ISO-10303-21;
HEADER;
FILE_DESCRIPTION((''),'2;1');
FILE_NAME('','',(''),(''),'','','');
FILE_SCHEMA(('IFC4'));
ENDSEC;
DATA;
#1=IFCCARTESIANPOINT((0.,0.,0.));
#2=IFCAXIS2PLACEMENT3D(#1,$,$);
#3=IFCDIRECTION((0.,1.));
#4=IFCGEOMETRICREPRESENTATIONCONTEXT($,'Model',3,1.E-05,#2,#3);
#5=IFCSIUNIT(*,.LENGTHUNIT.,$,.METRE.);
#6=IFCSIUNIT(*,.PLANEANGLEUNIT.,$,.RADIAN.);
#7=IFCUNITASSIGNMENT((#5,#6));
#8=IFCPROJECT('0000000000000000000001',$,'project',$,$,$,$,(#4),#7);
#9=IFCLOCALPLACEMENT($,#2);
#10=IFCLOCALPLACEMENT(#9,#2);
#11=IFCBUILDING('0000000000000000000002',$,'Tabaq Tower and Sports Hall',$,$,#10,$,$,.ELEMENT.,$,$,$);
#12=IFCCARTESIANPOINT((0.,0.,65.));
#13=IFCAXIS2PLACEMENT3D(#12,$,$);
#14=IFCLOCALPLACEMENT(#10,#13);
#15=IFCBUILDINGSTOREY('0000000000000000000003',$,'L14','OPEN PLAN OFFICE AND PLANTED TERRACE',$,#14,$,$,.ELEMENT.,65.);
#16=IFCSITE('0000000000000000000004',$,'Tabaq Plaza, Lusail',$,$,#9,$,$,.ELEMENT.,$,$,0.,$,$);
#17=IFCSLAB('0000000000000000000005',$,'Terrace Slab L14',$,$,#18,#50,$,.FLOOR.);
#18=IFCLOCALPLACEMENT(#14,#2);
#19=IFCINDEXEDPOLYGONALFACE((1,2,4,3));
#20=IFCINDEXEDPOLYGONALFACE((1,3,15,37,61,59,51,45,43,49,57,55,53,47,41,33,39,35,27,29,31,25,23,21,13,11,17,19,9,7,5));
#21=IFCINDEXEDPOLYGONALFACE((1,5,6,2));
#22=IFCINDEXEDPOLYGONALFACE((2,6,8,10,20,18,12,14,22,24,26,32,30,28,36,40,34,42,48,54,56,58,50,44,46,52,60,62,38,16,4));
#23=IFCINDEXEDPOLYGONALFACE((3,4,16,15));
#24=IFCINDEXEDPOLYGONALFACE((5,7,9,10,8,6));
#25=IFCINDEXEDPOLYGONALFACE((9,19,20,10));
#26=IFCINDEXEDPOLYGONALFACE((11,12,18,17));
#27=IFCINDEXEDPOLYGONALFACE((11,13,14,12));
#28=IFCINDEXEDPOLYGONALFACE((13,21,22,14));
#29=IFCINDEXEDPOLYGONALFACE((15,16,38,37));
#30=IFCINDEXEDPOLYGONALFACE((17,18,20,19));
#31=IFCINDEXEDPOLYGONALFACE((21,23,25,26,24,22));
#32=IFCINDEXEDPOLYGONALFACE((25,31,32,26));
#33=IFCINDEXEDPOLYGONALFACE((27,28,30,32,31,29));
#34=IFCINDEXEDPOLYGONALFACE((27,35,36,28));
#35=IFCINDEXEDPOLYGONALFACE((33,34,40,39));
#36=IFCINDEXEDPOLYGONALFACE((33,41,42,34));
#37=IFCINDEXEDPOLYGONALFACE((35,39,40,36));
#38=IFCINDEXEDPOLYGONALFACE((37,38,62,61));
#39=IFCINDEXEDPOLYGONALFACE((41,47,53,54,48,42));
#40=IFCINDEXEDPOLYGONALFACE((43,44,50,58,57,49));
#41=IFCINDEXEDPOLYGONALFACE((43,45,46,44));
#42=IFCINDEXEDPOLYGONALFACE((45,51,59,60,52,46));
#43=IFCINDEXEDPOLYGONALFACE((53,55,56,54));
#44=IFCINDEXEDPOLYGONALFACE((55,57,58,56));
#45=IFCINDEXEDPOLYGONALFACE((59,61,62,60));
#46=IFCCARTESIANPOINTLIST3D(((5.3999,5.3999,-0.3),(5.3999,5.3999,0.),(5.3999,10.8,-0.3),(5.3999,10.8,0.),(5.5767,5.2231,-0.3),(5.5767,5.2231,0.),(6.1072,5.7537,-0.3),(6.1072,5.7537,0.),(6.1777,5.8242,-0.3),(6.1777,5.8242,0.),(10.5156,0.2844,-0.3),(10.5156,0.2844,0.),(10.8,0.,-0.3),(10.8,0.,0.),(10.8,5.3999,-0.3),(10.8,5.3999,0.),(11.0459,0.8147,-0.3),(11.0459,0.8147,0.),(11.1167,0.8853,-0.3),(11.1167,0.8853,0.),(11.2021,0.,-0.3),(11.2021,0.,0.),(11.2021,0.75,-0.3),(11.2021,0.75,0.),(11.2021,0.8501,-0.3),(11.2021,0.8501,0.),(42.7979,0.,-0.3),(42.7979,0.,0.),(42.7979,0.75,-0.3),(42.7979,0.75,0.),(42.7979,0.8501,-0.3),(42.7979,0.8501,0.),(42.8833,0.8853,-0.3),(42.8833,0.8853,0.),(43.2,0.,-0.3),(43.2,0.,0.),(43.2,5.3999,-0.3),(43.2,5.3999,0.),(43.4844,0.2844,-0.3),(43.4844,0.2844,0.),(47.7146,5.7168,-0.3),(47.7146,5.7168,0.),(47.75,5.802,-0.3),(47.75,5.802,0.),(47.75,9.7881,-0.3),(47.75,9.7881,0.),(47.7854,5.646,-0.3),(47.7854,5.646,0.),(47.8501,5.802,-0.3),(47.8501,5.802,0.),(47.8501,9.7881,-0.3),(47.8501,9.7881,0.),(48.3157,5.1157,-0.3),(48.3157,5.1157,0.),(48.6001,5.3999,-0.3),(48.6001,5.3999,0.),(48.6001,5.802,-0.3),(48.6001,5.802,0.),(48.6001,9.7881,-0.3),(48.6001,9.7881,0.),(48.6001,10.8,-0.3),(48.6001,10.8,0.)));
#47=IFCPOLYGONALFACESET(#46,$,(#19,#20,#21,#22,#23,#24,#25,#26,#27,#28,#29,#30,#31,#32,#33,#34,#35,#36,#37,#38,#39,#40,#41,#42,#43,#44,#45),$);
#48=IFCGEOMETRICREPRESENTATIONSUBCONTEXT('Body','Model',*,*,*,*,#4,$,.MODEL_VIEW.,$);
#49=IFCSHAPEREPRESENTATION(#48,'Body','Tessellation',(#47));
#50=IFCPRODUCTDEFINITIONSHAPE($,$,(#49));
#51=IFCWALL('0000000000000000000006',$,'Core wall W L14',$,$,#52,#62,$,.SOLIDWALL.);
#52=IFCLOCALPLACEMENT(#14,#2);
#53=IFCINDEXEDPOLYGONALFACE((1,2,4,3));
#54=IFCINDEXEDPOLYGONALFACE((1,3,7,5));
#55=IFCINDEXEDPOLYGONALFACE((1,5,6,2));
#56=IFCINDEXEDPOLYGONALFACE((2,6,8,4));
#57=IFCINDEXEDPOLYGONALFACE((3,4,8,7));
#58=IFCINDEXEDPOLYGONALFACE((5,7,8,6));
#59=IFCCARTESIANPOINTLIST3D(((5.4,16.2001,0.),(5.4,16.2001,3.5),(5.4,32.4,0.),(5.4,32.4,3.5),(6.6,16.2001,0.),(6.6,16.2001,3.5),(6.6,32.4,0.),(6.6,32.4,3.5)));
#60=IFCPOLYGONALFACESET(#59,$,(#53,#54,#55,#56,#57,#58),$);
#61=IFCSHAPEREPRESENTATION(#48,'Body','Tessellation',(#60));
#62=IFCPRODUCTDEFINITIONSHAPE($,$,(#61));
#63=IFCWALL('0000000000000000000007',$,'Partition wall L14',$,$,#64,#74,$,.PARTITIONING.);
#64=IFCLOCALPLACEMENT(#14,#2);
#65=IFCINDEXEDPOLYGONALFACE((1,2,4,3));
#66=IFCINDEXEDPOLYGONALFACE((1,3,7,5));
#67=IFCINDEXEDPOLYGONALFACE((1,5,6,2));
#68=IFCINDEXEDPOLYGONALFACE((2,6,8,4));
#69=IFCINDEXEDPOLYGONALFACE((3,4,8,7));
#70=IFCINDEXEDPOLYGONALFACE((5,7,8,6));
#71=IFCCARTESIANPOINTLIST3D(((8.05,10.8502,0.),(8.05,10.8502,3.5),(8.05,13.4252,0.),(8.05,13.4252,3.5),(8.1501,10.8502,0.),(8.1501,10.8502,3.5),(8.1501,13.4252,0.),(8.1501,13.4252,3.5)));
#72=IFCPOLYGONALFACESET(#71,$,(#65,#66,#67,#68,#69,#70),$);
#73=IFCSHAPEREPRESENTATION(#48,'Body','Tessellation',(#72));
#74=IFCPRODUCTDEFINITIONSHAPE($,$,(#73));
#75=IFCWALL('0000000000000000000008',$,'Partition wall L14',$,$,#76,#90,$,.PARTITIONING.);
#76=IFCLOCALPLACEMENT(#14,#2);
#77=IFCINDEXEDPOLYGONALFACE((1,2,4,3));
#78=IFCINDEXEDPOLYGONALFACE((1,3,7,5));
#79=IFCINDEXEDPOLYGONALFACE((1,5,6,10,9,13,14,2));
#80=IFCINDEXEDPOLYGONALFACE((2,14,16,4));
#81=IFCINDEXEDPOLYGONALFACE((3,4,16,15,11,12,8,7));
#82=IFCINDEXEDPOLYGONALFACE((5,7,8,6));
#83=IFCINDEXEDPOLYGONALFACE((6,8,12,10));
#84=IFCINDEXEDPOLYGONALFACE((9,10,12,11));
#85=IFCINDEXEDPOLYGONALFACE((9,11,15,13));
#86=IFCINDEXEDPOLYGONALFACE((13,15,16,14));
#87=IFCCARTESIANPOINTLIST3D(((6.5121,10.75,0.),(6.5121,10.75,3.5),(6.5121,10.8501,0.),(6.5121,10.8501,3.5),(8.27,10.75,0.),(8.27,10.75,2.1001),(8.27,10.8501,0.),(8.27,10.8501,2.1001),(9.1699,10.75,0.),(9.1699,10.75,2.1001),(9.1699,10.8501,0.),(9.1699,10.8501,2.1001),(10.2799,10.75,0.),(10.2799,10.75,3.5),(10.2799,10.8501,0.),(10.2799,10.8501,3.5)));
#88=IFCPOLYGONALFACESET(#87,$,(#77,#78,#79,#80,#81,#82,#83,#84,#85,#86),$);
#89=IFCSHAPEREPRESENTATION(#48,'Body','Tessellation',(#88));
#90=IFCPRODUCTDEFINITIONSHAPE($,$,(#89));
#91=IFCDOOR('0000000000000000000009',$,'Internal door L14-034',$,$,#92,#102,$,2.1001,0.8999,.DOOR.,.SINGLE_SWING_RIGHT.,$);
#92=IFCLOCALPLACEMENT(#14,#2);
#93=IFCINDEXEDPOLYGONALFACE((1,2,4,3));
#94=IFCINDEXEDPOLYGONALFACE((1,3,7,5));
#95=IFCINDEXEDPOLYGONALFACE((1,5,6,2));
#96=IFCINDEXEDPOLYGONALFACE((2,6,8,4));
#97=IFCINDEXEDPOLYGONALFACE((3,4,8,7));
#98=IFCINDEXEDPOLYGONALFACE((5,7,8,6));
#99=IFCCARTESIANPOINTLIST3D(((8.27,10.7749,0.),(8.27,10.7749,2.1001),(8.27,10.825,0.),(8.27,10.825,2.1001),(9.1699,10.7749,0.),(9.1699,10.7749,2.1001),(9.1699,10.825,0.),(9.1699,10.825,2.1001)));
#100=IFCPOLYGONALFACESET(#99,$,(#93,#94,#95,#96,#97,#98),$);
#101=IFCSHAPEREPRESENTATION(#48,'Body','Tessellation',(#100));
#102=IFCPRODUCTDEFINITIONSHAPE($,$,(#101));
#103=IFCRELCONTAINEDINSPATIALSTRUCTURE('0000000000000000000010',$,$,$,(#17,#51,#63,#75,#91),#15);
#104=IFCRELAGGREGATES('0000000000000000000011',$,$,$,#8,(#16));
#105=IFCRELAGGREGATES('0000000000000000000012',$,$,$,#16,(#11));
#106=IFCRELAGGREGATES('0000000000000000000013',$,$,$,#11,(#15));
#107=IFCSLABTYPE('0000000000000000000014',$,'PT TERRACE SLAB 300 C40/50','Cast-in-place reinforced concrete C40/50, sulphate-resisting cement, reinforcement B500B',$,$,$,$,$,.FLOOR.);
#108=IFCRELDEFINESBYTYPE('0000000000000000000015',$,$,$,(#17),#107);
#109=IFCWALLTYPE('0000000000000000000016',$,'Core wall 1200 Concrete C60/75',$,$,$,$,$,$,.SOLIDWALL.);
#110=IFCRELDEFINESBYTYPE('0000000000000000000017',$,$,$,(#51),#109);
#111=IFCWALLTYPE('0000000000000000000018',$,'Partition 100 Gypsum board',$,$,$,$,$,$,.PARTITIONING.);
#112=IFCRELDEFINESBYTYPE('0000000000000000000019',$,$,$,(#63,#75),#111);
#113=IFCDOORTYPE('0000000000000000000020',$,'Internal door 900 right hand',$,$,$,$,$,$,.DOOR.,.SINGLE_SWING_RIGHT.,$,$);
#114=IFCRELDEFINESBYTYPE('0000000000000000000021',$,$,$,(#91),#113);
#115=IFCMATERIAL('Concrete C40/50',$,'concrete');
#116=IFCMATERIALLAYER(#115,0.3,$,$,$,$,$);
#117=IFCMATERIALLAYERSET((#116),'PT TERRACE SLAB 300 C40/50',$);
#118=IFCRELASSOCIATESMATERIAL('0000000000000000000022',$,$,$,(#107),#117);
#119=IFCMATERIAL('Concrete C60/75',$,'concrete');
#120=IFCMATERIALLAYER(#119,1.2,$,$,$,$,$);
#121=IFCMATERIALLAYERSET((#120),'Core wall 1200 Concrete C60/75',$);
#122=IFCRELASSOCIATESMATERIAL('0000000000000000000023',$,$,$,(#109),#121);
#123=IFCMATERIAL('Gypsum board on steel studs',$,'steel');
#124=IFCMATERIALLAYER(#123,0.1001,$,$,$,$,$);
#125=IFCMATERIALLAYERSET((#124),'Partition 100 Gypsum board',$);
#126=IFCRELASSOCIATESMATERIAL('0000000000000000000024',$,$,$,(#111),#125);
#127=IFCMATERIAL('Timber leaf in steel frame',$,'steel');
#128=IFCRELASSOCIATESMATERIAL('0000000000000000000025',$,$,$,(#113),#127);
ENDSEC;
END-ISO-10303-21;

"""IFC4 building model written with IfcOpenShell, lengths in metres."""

from ifc_helpers import new_model, si_unit, direction, frame, frame_2d, origin, place, context, subcontext, project, spatial, polyline, rectangle, outline, extrude, material, layer, layer_set, type_object, element, fill, save


model = new_model("IFC4")

# Units and contexts
model_context = context("Model", 3, precision=1e-05, world=origin(), true_north=direction((0.0, 1.0)))
body_context = subcontext(model_context, "Body", "Model", "MODEL_VIEW")
ifc_project = project(units=[si_unit("LENGTHUNIT", "METRE"), si_unit("PLANEANGLEUNIT", "RADIAN")], contexts=[model_context])

# Site, building, storey
site_placement = place(None, origin())
site = spatial("IfcSite", under=ifc_project, at=site_placement, Name="Tabaq Plaza, Lusail", CompositionType="ELEMENT", RefElevation=0.0)
building_placement = place(site_placement, origin())
building = spatial("IfcBuilding", under=site, at=building_placement, Name="Tabaq Tower and Sports Hall", CompositionType="ELEMENT")
storey_placement = place(building_placement, frame((0.0, 0.0, 65.0)))
storey = spatial("IfcBuildingStorey", under=building, at=storey_placement, Name="L14", Description="OPEN PLAN OFFICE AND PLANTED TERRACE", CompositionType="ELEMENT", Elevation=65.0)

# Slab
ifc_material_1 = material(Name="Concrete C40/50", Category="concrete")
ifc_layer_1 = layer(ifc_material_1, 0.3)
ifc_layer_set_1 = layer_set([ifc_layer_1], Name="PT TERRACE SLAB 300 C40/50")
slab_type_1 = type_object("IfcSlabType", Name="PT TERRACE SLAB 300 C40/50", Description="Cast-in-place reinforced concrete C40/50, sulphate-resisting cement, reinforcement B500B", PredefinedType="FLOOR", material=ifc_layer_set_1)
slab_1_placement = place(storey_placement, frame((0.0, 0.0, -0.3)))
element("IfcSlab", 1, at=slab_1_placement, inside=storey, type_object=slab_type_1, Name="Terrace Slab L14", PredefinedType="FLOOR", context=body_context, shape_type="SweptSolid", body=[
    extrude(outline(polyline([(42.7979, 0.0), (43.2, 0.0), (43.4844, 0.2844), (42.8833, 0.8853), (47.7146, 5.7168), (47.7854, 5.646), (48.3157, 5.1157), (48.6001, 5.3999), (48.6001, 5.802), (47.8501, 5.802), (47.75, 5.802), (47.75, 9.7881), (47.8501, 9.7881), (48.6001, 9.7881), (48.6001, 10.8), (43.2, 5.3999), (10.8, 5.3999), (5.3999, 10.8), (5.3999, 5.3999), (5.5767, 5.2231), (6.1072, 5.7537), (6.1777, 5.8242), (11.1167, 0.8853), (11.0459, 0.8147), (10.5156, 0.2844), (10.8, 0.0), (11.2021, 0.0), (11.2021, 0.75), (11.2021, 0.8501), (42.7979, 0.8501), (42.7979, 0.75), (42.7979, 0.0)])), origin(), (0.0, 0.0, 1.0), 0.3),
])

# Walls
ifc_material_2 = material(Name="Concrete C60/75", Category="concrete")
ifc_layer_2 = layer(ifc_material_2, 1.2)
ifc_layer_set_2 = layer_set([ifc_layer_2], Name="Core wall 1200 Concrete C60/75")
wall_type_1 = type_object("IfcWallType", Name="Core wall 1200 Concrete C60/75", PredefinedType="SOLIDWALL", material=ifc_layer_set_2)
wall_1_placement = place(storey_placement, frame((6.0, 16.2, 0.0), z_axis=(0.0, 0.0, 1.0), x_axis=(0.0, 1.0, 0.0)))
element("IfcWall", 2, at=wall_1_placement, inside=storey, type_object=wall_type_1, Name="Core wall W L14", PredefinedType="SOLIDWALL", context=body_context, shape_type="SweptSolid", body=[
    extrude(rectangle(XDim=16.2, YDim=1.2, at=frame_2d((8.1001, 0.0))), origin(), (0.0, 0.0, 1.0), 3.5),
])
ifc_material_3 = material(Name="Gypsum board on steel studs", Category="steel")
ifc_layer_3 = layer(ifc_material_3, 0.1001)
ifc_layer_set_3 = layer_set([ifc_layer_3], Name="Partition 100 Gypsum board")
wall_type_2 = type_object("IfcWallType", Name="Partition 100 Gypsum board", PredefinedType="PARTITIONING", material=ifc_layer_set_3)
wall_2_placement = place(storey_placement, frame((8.1001, 10.8501, 0.0), z_axis=(0.0, 0.0, 1.0), x_axis=(0.0, 1.0, 0.0)))
element("IfcWall", 3, at=wall_2_placement, inside=storey, type_object=wall_type_2, Name="Partition wall L14", PredefinedType="PARTITIONING", context=body_context, shape_type="SweptSolid", body=[
    extrude(rectangle(XDim=2.575, YDim=0.1001, at=frame_2d((1.2876, 0.0))), origin(), (0.0, 0.0, 1.0), 3.5),
])

# Wall, opening, door
wall_3_placement = place(storey_placement, frame((6.5122, 10.8, 0.0), z_axis=(0.0, 0.0, 1.0), x_axis=(1.0, 0.0, 0.0)))
wall_3 = element("IfcWall", 4, at=wall_3_placement, inside=storey, type_object=wall_type_2, Name="Partition wall L14", PredefinedType="PARTITIONING", context=body_context, shape_type="SweptSolid", body=[
    extrude(rectangle(XDim=3.7678, YDim=0.1001, at=frame_2d((1.8838, 0.0))), origin(), (0.0, 0.0, 1.0), 3.5),
])
opening_1_placement = place(wall_3_placement, frame((1.7578, 0.0, 0.0)))
opening_1 = element("IfcOpeningElement", 5, at=opening_1_placement, cuts=wall_3, PredefinedType="OPENING", context=body_context, shape_type="SweptSolid", body=[
    extrude(rectangle(XDim=0.8999, YDim=2.1001, at=frame_2d((0.45, 1.05))), frame((0.0, 0.05, 0.0), z_axis=(0.0, -1.0, 0.0), x_axis=(1.0, 0.0, 0.0)), (0.0, 0.0, 1.0), 0.1001),
])
ifc_material_4 = material(Name="Timber leaf in steel frame", Category="steel")
door_type_1 = type_object("IfcDoorType", Name="Internal door 900 right hand", OperationType="SINGLE_SWING_RIGHT", PredefinedType="DOOR", material=ifc_material_4)
door_1_placement = place(opening_1_placement, origin())
door_1 = element("IfcDoor", 6, at=door_1_placement, inside=storey, type_object=door_type_1, Name="Internal door L14-034", OperationType="SINGLE_SWING_RIGHT", OverallHeight=2.1001, OverallWidth=0.8999, PredefinedType="DOOR", context=body_context, shape_type="SweptSolid", body=[
    extrude(rectangle(XDim=0.8999, YDim=2.1001, at=frame_2d((0.45, 1.05))), frame((0.0, 0.0249, 0.0), z_axis=(0.0, -1.0, 0.0), x_axis=(1.0, 0.0, 0.0)), (0.0, 0.0, 1.0), 0.05),
])
fill(opening_1, door_1)

save(model, "model.ifc")
